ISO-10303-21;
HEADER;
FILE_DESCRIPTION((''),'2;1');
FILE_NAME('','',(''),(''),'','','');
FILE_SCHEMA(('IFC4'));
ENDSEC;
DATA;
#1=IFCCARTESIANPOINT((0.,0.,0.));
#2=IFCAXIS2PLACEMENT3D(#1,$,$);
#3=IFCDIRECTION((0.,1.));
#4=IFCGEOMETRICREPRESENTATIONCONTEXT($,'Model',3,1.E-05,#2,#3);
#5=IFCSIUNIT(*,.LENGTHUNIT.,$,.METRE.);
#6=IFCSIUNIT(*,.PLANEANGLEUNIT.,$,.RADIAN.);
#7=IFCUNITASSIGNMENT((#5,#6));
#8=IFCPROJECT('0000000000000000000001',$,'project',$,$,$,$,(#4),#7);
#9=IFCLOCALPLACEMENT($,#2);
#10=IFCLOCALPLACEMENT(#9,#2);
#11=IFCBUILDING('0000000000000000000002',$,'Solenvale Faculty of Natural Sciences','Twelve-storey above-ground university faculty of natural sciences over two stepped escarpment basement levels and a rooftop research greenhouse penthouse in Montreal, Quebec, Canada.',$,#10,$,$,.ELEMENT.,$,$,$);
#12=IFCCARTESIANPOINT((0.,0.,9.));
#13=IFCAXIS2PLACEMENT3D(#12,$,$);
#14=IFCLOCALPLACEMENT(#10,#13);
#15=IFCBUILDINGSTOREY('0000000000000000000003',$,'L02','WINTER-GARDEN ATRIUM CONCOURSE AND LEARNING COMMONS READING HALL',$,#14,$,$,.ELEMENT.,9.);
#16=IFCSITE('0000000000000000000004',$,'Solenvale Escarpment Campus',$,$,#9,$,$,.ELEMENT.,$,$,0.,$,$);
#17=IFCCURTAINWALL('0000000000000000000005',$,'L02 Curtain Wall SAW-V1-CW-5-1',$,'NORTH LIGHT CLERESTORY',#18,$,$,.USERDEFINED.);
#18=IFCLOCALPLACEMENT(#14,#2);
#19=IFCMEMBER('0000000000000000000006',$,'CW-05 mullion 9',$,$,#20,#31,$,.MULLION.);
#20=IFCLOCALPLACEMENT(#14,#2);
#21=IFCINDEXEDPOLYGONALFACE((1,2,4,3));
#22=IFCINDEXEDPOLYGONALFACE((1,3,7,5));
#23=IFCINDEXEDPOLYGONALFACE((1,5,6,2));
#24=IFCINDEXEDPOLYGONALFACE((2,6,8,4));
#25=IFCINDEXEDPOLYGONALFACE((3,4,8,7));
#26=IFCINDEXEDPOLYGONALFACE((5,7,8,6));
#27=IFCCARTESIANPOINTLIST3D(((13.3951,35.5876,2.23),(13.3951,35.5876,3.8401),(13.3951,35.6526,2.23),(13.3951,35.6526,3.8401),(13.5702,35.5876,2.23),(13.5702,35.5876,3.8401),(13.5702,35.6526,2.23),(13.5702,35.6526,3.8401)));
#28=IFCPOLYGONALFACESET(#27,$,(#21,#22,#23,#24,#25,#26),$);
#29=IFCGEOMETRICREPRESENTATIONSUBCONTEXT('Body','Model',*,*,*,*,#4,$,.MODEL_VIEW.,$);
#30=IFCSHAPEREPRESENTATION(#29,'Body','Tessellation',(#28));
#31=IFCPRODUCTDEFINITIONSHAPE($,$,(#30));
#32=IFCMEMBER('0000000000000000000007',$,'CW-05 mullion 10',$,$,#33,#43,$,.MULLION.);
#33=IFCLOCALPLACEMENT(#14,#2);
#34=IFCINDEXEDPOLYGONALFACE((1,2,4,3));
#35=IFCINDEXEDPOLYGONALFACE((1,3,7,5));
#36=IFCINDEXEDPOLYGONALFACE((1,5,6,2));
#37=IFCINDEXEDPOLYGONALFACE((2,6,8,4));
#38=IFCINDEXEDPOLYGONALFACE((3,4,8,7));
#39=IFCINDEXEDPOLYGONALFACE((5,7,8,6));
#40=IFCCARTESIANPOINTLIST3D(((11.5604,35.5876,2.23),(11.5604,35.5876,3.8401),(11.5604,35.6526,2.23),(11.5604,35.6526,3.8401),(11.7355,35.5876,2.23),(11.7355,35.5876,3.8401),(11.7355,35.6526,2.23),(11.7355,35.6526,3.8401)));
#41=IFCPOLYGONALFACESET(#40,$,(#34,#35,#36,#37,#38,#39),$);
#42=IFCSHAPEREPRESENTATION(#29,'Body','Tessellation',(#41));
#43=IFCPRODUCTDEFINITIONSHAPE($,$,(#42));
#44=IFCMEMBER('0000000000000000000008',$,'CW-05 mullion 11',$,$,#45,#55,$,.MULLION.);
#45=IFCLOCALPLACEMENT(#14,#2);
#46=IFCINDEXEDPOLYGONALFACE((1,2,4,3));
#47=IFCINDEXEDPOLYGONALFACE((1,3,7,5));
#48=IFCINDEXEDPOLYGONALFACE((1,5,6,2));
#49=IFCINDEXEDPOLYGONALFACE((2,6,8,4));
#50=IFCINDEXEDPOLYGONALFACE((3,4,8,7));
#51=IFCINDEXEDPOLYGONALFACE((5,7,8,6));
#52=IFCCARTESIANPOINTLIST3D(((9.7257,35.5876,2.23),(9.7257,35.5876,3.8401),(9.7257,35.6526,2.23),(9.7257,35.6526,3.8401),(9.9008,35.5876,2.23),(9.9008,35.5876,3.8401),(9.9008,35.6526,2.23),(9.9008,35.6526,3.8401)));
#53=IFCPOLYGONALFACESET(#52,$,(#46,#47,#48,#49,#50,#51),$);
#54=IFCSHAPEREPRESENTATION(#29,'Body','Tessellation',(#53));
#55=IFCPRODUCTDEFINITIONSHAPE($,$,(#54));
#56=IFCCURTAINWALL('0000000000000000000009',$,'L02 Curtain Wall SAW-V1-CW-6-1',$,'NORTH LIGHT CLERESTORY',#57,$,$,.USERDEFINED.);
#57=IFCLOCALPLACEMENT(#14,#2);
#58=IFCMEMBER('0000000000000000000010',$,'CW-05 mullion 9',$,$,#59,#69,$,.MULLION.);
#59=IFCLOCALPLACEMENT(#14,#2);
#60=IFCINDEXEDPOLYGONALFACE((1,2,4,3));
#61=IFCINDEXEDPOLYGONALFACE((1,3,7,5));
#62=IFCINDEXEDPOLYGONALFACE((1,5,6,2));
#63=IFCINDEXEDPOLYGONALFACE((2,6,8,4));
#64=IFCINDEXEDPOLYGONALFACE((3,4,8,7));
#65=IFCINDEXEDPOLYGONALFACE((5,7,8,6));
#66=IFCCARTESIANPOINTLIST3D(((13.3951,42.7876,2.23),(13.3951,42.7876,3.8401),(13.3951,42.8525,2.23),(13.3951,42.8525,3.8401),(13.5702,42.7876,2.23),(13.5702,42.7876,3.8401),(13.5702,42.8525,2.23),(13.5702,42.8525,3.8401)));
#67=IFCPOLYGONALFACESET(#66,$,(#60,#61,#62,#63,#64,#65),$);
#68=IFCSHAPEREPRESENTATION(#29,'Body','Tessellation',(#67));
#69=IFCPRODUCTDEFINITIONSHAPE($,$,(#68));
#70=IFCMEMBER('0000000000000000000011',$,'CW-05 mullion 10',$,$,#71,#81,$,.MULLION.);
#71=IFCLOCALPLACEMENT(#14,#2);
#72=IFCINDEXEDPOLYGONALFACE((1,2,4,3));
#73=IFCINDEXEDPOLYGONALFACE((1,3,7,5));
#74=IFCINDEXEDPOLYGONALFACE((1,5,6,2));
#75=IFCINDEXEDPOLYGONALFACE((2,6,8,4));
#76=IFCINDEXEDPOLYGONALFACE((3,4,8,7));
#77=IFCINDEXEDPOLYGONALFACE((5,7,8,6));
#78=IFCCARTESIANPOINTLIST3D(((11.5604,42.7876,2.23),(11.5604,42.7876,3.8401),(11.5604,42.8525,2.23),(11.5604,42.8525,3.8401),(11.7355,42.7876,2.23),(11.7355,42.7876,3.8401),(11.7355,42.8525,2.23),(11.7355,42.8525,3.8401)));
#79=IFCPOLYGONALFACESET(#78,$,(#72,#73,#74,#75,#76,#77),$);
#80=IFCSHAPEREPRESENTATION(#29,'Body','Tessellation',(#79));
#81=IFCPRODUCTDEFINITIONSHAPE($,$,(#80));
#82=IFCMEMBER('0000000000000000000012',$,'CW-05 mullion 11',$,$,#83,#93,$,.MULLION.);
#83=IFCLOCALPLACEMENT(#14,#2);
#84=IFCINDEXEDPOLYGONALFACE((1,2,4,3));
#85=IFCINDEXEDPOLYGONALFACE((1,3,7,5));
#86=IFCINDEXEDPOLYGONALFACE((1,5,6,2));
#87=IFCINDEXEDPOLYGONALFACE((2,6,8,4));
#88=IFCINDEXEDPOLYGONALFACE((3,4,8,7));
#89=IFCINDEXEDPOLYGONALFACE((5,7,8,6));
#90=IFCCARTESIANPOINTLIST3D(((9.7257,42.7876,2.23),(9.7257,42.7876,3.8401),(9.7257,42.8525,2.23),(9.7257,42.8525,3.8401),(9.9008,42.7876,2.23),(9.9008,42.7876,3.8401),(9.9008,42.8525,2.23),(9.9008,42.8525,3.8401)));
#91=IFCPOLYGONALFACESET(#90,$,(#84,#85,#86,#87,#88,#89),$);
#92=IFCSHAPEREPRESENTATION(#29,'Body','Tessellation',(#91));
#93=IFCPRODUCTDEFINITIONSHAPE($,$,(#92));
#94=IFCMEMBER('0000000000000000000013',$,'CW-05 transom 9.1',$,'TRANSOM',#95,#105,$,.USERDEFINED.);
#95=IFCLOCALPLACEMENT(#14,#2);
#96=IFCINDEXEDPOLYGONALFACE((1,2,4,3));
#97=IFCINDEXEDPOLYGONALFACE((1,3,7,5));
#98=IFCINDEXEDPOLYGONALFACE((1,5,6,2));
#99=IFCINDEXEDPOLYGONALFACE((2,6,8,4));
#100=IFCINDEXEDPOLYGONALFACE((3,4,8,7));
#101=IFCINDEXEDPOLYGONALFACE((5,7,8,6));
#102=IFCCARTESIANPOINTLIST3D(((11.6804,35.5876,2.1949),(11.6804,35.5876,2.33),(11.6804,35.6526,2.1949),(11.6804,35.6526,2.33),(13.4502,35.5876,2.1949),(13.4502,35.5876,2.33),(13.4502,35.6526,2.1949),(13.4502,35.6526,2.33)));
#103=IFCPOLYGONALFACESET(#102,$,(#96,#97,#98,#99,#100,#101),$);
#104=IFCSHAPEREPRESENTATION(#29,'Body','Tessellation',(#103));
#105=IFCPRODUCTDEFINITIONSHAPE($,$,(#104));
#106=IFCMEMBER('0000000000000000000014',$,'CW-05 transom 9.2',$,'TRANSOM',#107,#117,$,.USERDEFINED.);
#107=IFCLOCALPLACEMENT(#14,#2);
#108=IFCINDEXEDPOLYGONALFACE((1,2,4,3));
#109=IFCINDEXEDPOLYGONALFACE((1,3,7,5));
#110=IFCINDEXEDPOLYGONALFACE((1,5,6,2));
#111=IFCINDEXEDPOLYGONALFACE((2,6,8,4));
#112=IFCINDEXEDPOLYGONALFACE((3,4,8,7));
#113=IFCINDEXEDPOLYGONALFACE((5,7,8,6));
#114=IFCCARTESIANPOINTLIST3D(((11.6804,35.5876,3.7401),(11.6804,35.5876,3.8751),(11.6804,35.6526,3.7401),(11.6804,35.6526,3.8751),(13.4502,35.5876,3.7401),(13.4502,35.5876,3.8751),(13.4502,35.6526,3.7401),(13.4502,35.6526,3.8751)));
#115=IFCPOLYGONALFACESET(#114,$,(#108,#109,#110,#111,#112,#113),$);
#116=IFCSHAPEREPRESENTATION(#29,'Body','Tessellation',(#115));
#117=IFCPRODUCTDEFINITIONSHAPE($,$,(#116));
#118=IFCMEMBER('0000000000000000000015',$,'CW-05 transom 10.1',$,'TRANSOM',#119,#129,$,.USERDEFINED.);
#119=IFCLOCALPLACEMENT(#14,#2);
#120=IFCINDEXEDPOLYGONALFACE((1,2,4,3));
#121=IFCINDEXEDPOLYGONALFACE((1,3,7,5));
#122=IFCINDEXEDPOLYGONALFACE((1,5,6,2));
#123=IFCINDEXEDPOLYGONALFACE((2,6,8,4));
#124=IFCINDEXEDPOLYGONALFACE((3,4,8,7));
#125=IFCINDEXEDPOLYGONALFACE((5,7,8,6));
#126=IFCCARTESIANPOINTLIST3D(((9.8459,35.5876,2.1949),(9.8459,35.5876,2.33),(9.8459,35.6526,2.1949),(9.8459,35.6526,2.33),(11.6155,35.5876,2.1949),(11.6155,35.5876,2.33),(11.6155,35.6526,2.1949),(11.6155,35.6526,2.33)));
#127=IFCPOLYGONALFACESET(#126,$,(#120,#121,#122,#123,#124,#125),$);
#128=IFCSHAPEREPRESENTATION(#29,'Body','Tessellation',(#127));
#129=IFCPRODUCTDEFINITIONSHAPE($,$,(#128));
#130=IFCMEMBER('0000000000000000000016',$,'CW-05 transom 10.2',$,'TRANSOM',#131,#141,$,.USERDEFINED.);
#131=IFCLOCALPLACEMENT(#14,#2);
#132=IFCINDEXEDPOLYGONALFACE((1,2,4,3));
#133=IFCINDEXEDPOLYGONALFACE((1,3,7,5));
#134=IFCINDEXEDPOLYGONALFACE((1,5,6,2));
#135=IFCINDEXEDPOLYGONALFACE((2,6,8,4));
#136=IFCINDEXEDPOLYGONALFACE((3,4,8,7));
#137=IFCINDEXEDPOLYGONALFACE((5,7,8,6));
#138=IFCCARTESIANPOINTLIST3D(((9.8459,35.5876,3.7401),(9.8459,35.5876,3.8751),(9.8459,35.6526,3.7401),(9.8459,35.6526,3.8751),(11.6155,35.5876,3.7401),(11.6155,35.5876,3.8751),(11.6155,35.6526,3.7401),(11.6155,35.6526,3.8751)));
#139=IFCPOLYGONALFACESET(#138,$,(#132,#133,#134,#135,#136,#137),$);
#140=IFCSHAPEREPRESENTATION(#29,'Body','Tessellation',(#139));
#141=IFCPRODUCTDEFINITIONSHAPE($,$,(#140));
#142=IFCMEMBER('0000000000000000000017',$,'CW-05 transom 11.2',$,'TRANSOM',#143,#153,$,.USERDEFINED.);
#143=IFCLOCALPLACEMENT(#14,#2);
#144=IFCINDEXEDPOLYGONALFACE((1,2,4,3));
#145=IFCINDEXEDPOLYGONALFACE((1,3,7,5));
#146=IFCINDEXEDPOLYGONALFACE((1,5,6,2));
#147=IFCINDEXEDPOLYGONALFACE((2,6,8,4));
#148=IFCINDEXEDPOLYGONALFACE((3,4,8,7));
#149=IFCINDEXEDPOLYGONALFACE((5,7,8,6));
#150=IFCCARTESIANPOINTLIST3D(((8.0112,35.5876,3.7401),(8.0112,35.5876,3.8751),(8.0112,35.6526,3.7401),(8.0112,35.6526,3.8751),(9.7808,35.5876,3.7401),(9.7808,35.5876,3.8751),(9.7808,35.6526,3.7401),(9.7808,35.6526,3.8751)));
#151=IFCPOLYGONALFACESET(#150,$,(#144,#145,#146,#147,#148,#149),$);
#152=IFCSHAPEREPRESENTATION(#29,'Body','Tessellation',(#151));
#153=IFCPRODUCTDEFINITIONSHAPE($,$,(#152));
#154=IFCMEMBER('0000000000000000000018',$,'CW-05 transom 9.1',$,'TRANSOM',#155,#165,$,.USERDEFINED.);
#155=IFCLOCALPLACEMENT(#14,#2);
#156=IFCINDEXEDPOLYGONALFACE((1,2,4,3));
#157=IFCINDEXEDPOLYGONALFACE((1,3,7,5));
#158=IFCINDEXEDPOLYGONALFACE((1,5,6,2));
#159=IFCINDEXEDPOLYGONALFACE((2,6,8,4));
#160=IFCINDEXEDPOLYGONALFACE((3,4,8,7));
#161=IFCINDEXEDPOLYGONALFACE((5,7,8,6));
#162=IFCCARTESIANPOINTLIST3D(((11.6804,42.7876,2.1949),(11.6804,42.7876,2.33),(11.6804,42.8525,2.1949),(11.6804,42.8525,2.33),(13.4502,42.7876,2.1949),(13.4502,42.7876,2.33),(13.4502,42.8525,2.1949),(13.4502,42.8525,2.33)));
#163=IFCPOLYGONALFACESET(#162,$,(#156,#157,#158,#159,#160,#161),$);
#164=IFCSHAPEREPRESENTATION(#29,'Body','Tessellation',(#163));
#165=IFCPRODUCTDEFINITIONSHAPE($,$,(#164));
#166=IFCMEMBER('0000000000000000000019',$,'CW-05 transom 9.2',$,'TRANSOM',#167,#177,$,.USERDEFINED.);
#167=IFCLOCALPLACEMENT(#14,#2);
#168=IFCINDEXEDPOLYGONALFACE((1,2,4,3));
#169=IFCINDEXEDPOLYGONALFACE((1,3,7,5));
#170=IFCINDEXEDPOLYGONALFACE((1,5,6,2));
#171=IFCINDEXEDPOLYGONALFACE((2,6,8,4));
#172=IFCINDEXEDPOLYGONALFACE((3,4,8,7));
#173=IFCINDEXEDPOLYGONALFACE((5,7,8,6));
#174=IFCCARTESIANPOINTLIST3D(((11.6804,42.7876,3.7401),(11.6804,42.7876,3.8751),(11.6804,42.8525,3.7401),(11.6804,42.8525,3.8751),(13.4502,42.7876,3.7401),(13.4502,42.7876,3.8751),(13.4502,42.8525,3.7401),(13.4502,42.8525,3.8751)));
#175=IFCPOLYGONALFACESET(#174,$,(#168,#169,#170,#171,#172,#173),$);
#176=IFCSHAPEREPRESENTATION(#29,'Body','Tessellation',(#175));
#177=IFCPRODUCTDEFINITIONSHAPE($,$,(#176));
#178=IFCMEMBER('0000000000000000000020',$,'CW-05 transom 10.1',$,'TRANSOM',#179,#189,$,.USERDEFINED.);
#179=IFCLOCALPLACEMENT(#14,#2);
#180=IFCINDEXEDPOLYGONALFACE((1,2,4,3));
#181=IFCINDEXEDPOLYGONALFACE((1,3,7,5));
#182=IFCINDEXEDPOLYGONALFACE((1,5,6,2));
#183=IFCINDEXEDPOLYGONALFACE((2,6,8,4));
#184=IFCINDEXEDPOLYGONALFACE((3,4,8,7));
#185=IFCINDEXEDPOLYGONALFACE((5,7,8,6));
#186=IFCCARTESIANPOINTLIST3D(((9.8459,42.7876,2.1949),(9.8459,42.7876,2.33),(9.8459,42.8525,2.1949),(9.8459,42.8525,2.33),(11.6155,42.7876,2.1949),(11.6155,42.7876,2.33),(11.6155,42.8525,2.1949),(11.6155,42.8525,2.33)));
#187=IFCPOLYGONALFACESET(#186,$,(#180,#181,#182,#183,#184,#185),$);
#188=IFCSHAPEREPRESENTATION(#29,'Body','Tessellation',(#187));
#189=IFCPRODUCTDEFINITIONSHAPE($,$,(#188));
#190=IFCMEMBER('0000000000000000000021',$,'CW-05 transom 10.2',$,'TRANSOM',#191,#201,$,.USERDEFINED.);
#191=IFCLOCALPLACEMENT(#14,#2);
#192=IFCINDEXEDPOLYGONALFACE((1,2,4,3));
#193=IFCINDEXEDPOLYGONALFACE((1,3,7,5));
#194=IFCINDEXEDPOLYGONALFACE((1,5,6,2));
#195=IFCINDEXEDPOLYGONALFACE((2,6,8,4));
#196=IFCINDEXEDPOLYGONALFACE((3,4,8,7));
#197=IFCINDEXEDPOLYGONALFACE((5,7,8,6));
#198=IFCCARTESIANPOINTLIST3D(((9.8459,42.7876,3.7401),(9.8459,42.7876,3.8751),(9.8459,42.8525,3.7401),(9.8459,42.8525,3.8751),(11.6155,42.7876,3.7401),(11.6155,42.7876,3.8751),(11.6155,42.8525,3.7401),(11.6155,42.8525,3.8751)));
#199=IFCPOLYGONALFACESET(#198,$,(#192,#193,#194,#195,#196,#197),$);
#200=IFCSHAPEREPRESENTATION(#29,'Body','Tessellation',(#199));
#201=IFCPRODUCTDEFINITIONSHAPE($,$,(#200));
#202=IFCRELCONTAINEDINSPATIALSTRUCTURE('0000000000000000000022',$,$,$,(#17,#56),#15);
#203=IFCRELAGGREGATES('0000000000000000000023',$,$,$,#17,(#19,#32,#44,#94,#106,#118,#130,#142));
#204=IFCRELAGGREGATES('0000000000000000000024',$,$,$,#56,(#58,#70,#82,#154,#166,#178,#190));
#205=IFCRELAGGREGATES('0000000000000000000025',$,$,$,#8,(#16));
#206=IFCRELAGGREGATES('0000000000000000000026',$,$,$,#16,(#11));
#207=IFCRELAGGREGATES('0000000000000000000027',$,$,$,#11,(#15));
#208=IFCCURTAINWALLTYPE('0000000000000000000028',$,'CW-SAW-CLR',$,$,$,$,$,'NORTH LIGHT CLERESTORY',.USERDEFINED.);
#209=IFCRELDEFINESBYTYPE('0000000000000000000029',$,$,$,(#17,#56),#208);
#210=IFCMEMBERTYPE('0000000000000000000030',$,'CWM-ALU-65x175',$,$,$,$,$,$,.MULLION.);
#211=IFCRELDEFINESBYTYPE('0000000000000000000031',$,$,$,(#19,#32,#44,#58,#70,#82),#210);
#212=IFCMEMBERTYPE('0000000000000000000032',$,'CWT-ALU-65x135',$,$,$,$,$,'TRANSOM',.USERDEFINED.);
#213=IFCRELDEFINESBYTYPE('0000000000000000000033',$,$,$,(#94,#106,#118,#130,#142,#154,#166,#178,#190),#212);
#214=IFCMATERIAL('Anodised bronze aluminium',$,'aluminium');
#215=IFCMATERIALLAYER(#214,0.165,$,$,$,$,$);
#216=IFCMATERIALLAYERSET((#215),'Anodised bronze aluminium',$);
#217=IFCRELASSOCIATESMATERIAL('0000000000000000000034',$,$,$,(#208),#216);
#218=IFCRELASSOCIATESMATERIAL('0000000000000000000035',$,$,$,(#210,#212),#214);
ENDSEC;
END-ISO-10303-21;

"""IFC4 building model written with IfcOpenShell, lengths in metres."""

from ifc_helpers import new_model, si_unit, direction, frame, origin, origin_2d, place, context, subcontext, project, spatial, rectangle, extrude, material, layer, layer_set, material_profile, profile_set, type_object, element, aggregate, save


model = new_model("IFC4")

# Units and contexts
model_context = context("Model", 3, precision=1e-05, world=origin(), true_north=direction((0.0, 1.0)))
body_context = subcontext(model_context, "Body", "Model", "MODEL_VIEW")
ifc_project = project(units=[si_unit("LENGTHUNIT", "METRE"), si_unit("PLANEANGLEUNIT", "RADIAN")], contexts=[model_context])

# Site, building, storey
site_placement = place(None, origin())
site = spatial("IfcSite", under=ifc_project, at=site_placement, Name="Solenvale Escarpment Campus", CompositionType="ELEMENT", RefElevation=0.0)
building_placement = place(site_placement, origin())
building = spatial("IfcBuilding", under=site, at=building_placement, Name="Solenvale Faculty of Natural Sciences", Description="Twelve-storey above-ground university faculty of natural sciences over two stepped escarpment basement levels and a rooftop research greenhouse penthouse in Montreal, Quebec, Canada.", CompositionType="ELEMENT")
storey_placement = place(building_placement, frame((0.0, 0.0, 9.0)))
storey = spatial("IfcBuildingStorey", under=building, at=storey_placement, Name="L02", Description="WINTER-GARDEN ATRIUM CONCOURSE AND LEARNING COMMONS READING HALL", CompositionType="ELEMENT", Elevation=9.0)

# Curtain walls, members
ifc_material_1 = material(Name="Anodised bronze aluminium", Category="aluminium")
ifc_layer_1 = layer(ifc_material_1, 0.165)
ifc_layer_set_1 = layer_set([ifc_layer_1], Name="Anodised bronze aluminium")
curtain_wall_type = type_object("IfcCurtainWallType", Name="CW-SAW-CLR", ElementType="NORTH LIGHT CLERESTORY", PredefinedType="USERDEFINED", material=ifc_layer_set_1)
curtain_wall_1_placement = place(storey_placement, origin())
curtain_wall_1 = element("IfcCurtainWall", 1, at=curtain_wall_1_placement, inside=storey, type_object=curtain_wall_type, Name="L02 Curtain Wall SAW-V1-CW-5-1", ObjectType="NORTH LIGHT CLERESTORY", PredefinedType="USERDEFINED")
ifc_material_profile_1 = material_profile(ifc_material_1, rectangle(XDim=0.0649, YDim=0.175, at=origin_2d()), Name="ALU-MUL-65x175")
ifc_profile_set_1 = profile_set([ifc_material_profile_1], Name="Anodised bronze aluminium")
member_type_1 = type_object("IfcMemberType", Name="CWM-ALU-65x175", PredefinedType="MULLION", material=ifc_profile_set_1)
member_1_placement = place(storey_placement, frame((13.4827, 35.6201, 2.23), z_axis=(0.0, 0.0, 1.0), x_axis=(0.0, -1.0, 0.0)))
member_1 = element("IfcMember", 2, at=member_1_placement, type_object=member_type_1, Name="CW-05 mullion 9", PredefinedType="MULLION", context=body_context, shape_type="SweptSolid", body=[
    extrude(rectangle(XDim=0.0649, YDim=0.175, at=origin_2d()), origin(), (0.0, 0.0, 1.0), 1.6101),
])
member_2_placement = place(storey_placement, frame((11.6479, 35.6201, 2.23), z_axis=(0.0, 0.0, 1.0), x_axis=(0.0, -1.0, 0.0)))
member_2 = element("IfcMember", 3, at=member_2_placement, type_object=member_type_1, Name="CW-05 mullion 10", PredefinedType="MULLION", context=body_context, shape_type="SweptSolid", body=[
    extrude(rectangle(XDim=0.0649, YDim=0.175, at=origin_2d()), origin(), (0.0, 0.0, 1.0), 1.6101),
])
member_3_placement = place(storey_placement, frame((9.8132, 35.6201, 2.23), z_axis=(0.0, 0.0, 1.0), x_axis=(0.0, -1.0, 0.0)))
member_3 = element("IfcMember", 4, at=member_3_placement, type_object=member_type_1, Name="CW-05 mullion 11", PredefinedType="MULLION", context=body_context, shape_type="SweptSolid", body=[
    extrude(rectangle(XDim=0.0649, YDim=0.175, at=origin_2d()), origin(), (0.0, 0.0, 1.0), 1.6101),
])
curtain_wall_2_placement = place(storey_placement, origin())
curtain_wall_2 = element("IfcCurtainWall", 5, at=curtain_wall_2_placement, inside=storey, type_object=curtain_wall_type, Name="L02 Curtain Wall SAW-V1-CW-6-1", ObjectType="NORTH LIGHT CLERESTORY", PredefinedType="USERDEFINED")
member_4_placement = place(storey_placement, frame((13.4827, 42.8201, 2.23), z_axis=(0.0, 0.0, 1.0), x_axis=(0.0, -1.0, 0.0)))
member_4 = element("IfcMember", 6, at=member_4_placement, type_object=member_type_1, Name="CW-05 mullion 9", PredefinedType="MULLION", context=body_context, shape_type="SweptSolid", body=[
    extrude(rectangle(XDim=0.0649, YDim=0.175, at=origin_2d()), origin(), (0.0, 0.0, 1.0), 1.6101),
])
member_5_placement = place(storey_placement, frame((11.6479, 42.8201, 2.23), z_axis=(0.0, 0.0, 1.0), x_axis=(0.0, -1.0, 0.0)))
member_5 = element("IfcMember", 7, at=member_5_placement, type_object=member_type_1, Name="CW-05 mullion 10", PredefinedType="MULLION", context=body_context, shape_type="SweptSolid", body=[
    extrude(rectangle(XDim=0.0649, YDim=0.175, at=origin_2d()), origin(), (0.0, 0.0, 1.0), 1.6101),
])
member_6_placement = place(storey_placement, frame((9.8132, 42.8201, 2.23), z_axis=(0.0, 0.0, 1.0), x_axis=(0.0, -1.0, 0.0)))
member_6 = element("IfcMember", 8, at=member_6_placement, type_object=member_type_1, Name="CW-05 mullion 11", PredefinedType="MULLION", context=body_context, shape_type="SweptSolid", body=[
    extrude(rectangle(XDim=0.0649, YDim=0.175, at=origin_2d()), origin(), (0.0, 0.0, 1.0), 1.6101),
])

# Members
ifc_material_profile_2 = material_profile(ifc_material_1, rectangle(XDim=0.0649, YDim=0.135, at=origin_2d()), Name="ALU-TRN-65x135")
ifc_profile_set_2 = profile_set([ifc_material_profile_2], Name="Anodised bronze aluminium")
member_type_2 = type_object("IfcMemberType", Name="CWT-ALU-65x135", ElementType="TRANSOM", PredefinedType="USERDEFINED", material=ifc_profile_set_2)
member_7_placement = place(storey_placement, frame((13.4502, 35.6201, 2.2625), z_axis=(-1.0, 0.0, 0.0), x_axis=(0.0, -1.0, 0.0)))
member_7 = element("IfcMember", 9, at=member_7_placement, type_object=member_type_2, Name="CW-05 transom 9.1", ObjectType="TRANSOM", PredefinedType="USERDEFINED", context=body_context, shape_type="SweptSolid", body=[
    extrude(rectangle(XDim=0.0649, YDim=0.135, at=origin_2d()), origin(), (0.0, 0.0, 1.0), 1.7698),
])
member_8_placement = place(storey_placement, frame((13.4502, 35.6201, 3.8076), z_axis=(-1.0, 0.0, 0.0), x_axis=(0.0, -1.0, 0.0)))
member_8 = element("IfcMember", 10, at=member_8_placement, type_object=member_type_2, Name="CW-05 transom 9.2", ObjectType="TRANSOM", PredefinedType="USERDEFINED", context=body_context, shape_type="SweptSolid", body=[
    extrude(rectangle(XDim=0.0649, YDim=0.135, at=origin_2d()), origin(), (0.0, 0.0, 1.0), 1.7698),
])
member_9_placement = place(storey_placement, frame((11.6155, 35.6201, 2.2625), z_axis=(-1.0, 0.0, 0.0), x_axis=(0.0, -1.0, 0.0)))
member_9 = element("IfcMember", 11, at=member_9_placement, type_object=member_type_2, Name="CW-05 transom 10.1", ObjectType="TRANSOM", PredefinedType="USERDEFINED", context=body_context, shape_type="SweptSolid", body=[
    extrude(rectangle(XDim=0.0649, YDim=0.135, at=origin_2d()), origin(), (0.0, 0.0, 1.0), 1.7695),
])
member_10_placement = place(storey_placement, frame((11.6155, 35.6201, 3.8076), z_axis=(-1.0, 0.0, 0.0), x_axis=(0.0, -1.0, 0.0)))
member_10 = element("IfcMember", 12, at=member_10_placement, type_object=member_type_2, Name="CW-05 transom 10.2", ObjectType="TRANSOM", PredefinedType="USERDEFINED", context=body_context, shape_type="SweptSolid", body=[
    extrude(rectangle(XDim=0.0649, YDim=0.135, at=origin_2d()), origin(), (0.0, 0.0, 1.0), 1.7695),
])
member_11_placement = place(storey_placement, frame((9.7808, 35.6201, 3.8076), z_axis=(-1.0, 0.0, 0.0), x_axis=(0.0, -1.0, 0.0)))
member_11 = element("IfcMember", 13, at=member_11_placement, type_object=member_type_2, Name="CW-05 transom 11.2", ObjectType="TRANSOM", PredefinedType="USERDEFINED", context=body_context, shape_type="SweptSolid", body=[
    extrude(rectangle(XDim=0.0649, YDim=0.135, at=origin_2d()), origin(), (0.0, 0.0, 1.0), 1.7695),
])
member_12_placement = place(storey_placement, frame((13.4502, 42.8201, 2.2625), z_axis=(-1.0, 0.0, 0.0), x_axis=(0.0, -1.0, 0.0)))
member_12 = element("IfcMember", 14, at=member_12_placement, type_object=member_type_2, Name="CW-05 transom 9.1", ObjectType="TRANSOM", PredefinedType="USERDEFINED", context=body_context, shape_type="SweptSolid", body=[
    extrude(rectangle(XDim=0.0649, YDim=0.135, at=origin_2d()), origin(), (0.0, 0.0, 1.0), 1.7698),
])
member_13_placement = place(storey_placement, frame((13.4502, 42.8201, 3.8076), z_axis=(-1.0, 0.0, 0.0), x_axis=(0.0, -1.0, 0.0)))
member_13 = element("IfcMember", 15, at=member_13_placement, type_object=member_type_2, Name="CW-05 transom 9.2", ObjectType="TRANSOM", PredefinedType="USERDEFINED", context=body_context, shape_type="SweptSolid", body=[
    extrude(rectangle(XDim=0.0649, YDim=0.135, at=origin_2d()), origin(), (0.0, 0.0, 1.0), 1.7698),
])
member_14_placement = place(storey_placement, frame((11.6155, 42.8201, 2.2625), z_axis=(-1.0, 0.0, 0.0), x_axis=(0.0, -1.0, 0.0)))
member_14 = element("IfcMember", 16, at=member_14_placement, type_object=member_type_2, Name="CW-05 transom 10.1", ObjectType="TRANSOM", PredefinedType="USERDEFINED", context=body_context, shape_type="SweptSolid", body=[
    extrude(rectangle(XDim=0.0649, YDim=0.135, at=origin_2d()), origin(), (0.0, 0.0, 1.0), 1.7695),
])
member_15_placement = place(storey_placement, frame((11.6155, 42.8201, 3.8076), z_axis=(-1.0, 0.0, 0.0), x_axis=(0.0, -1.0, 0.0)))
member_15 = element("IfcMember", 17, at=member_15_placement, type_object=member_type_2, Name="CW-05 transom 10.2", ObjectType="TRANSOM", PredefinedType="USERDEFINED", context=body_context, shape_type="SweptSolid", body=[
    extrude(rectangle(XDim=0.0649, YDim=0.135, at=origin_2d()), origin(), (0.0, 0.0, 1.0), 1.7695),
])

aggregate(curtain_wall_1, [member_1, member_2, member_3, member_7, member_8, member_9, member_10, member_11])
aggregate(curtain_wall_2, [member_4, member_5, member_6, member_12, member_13, member_14, member_15])

save(model, "model.ifc")
